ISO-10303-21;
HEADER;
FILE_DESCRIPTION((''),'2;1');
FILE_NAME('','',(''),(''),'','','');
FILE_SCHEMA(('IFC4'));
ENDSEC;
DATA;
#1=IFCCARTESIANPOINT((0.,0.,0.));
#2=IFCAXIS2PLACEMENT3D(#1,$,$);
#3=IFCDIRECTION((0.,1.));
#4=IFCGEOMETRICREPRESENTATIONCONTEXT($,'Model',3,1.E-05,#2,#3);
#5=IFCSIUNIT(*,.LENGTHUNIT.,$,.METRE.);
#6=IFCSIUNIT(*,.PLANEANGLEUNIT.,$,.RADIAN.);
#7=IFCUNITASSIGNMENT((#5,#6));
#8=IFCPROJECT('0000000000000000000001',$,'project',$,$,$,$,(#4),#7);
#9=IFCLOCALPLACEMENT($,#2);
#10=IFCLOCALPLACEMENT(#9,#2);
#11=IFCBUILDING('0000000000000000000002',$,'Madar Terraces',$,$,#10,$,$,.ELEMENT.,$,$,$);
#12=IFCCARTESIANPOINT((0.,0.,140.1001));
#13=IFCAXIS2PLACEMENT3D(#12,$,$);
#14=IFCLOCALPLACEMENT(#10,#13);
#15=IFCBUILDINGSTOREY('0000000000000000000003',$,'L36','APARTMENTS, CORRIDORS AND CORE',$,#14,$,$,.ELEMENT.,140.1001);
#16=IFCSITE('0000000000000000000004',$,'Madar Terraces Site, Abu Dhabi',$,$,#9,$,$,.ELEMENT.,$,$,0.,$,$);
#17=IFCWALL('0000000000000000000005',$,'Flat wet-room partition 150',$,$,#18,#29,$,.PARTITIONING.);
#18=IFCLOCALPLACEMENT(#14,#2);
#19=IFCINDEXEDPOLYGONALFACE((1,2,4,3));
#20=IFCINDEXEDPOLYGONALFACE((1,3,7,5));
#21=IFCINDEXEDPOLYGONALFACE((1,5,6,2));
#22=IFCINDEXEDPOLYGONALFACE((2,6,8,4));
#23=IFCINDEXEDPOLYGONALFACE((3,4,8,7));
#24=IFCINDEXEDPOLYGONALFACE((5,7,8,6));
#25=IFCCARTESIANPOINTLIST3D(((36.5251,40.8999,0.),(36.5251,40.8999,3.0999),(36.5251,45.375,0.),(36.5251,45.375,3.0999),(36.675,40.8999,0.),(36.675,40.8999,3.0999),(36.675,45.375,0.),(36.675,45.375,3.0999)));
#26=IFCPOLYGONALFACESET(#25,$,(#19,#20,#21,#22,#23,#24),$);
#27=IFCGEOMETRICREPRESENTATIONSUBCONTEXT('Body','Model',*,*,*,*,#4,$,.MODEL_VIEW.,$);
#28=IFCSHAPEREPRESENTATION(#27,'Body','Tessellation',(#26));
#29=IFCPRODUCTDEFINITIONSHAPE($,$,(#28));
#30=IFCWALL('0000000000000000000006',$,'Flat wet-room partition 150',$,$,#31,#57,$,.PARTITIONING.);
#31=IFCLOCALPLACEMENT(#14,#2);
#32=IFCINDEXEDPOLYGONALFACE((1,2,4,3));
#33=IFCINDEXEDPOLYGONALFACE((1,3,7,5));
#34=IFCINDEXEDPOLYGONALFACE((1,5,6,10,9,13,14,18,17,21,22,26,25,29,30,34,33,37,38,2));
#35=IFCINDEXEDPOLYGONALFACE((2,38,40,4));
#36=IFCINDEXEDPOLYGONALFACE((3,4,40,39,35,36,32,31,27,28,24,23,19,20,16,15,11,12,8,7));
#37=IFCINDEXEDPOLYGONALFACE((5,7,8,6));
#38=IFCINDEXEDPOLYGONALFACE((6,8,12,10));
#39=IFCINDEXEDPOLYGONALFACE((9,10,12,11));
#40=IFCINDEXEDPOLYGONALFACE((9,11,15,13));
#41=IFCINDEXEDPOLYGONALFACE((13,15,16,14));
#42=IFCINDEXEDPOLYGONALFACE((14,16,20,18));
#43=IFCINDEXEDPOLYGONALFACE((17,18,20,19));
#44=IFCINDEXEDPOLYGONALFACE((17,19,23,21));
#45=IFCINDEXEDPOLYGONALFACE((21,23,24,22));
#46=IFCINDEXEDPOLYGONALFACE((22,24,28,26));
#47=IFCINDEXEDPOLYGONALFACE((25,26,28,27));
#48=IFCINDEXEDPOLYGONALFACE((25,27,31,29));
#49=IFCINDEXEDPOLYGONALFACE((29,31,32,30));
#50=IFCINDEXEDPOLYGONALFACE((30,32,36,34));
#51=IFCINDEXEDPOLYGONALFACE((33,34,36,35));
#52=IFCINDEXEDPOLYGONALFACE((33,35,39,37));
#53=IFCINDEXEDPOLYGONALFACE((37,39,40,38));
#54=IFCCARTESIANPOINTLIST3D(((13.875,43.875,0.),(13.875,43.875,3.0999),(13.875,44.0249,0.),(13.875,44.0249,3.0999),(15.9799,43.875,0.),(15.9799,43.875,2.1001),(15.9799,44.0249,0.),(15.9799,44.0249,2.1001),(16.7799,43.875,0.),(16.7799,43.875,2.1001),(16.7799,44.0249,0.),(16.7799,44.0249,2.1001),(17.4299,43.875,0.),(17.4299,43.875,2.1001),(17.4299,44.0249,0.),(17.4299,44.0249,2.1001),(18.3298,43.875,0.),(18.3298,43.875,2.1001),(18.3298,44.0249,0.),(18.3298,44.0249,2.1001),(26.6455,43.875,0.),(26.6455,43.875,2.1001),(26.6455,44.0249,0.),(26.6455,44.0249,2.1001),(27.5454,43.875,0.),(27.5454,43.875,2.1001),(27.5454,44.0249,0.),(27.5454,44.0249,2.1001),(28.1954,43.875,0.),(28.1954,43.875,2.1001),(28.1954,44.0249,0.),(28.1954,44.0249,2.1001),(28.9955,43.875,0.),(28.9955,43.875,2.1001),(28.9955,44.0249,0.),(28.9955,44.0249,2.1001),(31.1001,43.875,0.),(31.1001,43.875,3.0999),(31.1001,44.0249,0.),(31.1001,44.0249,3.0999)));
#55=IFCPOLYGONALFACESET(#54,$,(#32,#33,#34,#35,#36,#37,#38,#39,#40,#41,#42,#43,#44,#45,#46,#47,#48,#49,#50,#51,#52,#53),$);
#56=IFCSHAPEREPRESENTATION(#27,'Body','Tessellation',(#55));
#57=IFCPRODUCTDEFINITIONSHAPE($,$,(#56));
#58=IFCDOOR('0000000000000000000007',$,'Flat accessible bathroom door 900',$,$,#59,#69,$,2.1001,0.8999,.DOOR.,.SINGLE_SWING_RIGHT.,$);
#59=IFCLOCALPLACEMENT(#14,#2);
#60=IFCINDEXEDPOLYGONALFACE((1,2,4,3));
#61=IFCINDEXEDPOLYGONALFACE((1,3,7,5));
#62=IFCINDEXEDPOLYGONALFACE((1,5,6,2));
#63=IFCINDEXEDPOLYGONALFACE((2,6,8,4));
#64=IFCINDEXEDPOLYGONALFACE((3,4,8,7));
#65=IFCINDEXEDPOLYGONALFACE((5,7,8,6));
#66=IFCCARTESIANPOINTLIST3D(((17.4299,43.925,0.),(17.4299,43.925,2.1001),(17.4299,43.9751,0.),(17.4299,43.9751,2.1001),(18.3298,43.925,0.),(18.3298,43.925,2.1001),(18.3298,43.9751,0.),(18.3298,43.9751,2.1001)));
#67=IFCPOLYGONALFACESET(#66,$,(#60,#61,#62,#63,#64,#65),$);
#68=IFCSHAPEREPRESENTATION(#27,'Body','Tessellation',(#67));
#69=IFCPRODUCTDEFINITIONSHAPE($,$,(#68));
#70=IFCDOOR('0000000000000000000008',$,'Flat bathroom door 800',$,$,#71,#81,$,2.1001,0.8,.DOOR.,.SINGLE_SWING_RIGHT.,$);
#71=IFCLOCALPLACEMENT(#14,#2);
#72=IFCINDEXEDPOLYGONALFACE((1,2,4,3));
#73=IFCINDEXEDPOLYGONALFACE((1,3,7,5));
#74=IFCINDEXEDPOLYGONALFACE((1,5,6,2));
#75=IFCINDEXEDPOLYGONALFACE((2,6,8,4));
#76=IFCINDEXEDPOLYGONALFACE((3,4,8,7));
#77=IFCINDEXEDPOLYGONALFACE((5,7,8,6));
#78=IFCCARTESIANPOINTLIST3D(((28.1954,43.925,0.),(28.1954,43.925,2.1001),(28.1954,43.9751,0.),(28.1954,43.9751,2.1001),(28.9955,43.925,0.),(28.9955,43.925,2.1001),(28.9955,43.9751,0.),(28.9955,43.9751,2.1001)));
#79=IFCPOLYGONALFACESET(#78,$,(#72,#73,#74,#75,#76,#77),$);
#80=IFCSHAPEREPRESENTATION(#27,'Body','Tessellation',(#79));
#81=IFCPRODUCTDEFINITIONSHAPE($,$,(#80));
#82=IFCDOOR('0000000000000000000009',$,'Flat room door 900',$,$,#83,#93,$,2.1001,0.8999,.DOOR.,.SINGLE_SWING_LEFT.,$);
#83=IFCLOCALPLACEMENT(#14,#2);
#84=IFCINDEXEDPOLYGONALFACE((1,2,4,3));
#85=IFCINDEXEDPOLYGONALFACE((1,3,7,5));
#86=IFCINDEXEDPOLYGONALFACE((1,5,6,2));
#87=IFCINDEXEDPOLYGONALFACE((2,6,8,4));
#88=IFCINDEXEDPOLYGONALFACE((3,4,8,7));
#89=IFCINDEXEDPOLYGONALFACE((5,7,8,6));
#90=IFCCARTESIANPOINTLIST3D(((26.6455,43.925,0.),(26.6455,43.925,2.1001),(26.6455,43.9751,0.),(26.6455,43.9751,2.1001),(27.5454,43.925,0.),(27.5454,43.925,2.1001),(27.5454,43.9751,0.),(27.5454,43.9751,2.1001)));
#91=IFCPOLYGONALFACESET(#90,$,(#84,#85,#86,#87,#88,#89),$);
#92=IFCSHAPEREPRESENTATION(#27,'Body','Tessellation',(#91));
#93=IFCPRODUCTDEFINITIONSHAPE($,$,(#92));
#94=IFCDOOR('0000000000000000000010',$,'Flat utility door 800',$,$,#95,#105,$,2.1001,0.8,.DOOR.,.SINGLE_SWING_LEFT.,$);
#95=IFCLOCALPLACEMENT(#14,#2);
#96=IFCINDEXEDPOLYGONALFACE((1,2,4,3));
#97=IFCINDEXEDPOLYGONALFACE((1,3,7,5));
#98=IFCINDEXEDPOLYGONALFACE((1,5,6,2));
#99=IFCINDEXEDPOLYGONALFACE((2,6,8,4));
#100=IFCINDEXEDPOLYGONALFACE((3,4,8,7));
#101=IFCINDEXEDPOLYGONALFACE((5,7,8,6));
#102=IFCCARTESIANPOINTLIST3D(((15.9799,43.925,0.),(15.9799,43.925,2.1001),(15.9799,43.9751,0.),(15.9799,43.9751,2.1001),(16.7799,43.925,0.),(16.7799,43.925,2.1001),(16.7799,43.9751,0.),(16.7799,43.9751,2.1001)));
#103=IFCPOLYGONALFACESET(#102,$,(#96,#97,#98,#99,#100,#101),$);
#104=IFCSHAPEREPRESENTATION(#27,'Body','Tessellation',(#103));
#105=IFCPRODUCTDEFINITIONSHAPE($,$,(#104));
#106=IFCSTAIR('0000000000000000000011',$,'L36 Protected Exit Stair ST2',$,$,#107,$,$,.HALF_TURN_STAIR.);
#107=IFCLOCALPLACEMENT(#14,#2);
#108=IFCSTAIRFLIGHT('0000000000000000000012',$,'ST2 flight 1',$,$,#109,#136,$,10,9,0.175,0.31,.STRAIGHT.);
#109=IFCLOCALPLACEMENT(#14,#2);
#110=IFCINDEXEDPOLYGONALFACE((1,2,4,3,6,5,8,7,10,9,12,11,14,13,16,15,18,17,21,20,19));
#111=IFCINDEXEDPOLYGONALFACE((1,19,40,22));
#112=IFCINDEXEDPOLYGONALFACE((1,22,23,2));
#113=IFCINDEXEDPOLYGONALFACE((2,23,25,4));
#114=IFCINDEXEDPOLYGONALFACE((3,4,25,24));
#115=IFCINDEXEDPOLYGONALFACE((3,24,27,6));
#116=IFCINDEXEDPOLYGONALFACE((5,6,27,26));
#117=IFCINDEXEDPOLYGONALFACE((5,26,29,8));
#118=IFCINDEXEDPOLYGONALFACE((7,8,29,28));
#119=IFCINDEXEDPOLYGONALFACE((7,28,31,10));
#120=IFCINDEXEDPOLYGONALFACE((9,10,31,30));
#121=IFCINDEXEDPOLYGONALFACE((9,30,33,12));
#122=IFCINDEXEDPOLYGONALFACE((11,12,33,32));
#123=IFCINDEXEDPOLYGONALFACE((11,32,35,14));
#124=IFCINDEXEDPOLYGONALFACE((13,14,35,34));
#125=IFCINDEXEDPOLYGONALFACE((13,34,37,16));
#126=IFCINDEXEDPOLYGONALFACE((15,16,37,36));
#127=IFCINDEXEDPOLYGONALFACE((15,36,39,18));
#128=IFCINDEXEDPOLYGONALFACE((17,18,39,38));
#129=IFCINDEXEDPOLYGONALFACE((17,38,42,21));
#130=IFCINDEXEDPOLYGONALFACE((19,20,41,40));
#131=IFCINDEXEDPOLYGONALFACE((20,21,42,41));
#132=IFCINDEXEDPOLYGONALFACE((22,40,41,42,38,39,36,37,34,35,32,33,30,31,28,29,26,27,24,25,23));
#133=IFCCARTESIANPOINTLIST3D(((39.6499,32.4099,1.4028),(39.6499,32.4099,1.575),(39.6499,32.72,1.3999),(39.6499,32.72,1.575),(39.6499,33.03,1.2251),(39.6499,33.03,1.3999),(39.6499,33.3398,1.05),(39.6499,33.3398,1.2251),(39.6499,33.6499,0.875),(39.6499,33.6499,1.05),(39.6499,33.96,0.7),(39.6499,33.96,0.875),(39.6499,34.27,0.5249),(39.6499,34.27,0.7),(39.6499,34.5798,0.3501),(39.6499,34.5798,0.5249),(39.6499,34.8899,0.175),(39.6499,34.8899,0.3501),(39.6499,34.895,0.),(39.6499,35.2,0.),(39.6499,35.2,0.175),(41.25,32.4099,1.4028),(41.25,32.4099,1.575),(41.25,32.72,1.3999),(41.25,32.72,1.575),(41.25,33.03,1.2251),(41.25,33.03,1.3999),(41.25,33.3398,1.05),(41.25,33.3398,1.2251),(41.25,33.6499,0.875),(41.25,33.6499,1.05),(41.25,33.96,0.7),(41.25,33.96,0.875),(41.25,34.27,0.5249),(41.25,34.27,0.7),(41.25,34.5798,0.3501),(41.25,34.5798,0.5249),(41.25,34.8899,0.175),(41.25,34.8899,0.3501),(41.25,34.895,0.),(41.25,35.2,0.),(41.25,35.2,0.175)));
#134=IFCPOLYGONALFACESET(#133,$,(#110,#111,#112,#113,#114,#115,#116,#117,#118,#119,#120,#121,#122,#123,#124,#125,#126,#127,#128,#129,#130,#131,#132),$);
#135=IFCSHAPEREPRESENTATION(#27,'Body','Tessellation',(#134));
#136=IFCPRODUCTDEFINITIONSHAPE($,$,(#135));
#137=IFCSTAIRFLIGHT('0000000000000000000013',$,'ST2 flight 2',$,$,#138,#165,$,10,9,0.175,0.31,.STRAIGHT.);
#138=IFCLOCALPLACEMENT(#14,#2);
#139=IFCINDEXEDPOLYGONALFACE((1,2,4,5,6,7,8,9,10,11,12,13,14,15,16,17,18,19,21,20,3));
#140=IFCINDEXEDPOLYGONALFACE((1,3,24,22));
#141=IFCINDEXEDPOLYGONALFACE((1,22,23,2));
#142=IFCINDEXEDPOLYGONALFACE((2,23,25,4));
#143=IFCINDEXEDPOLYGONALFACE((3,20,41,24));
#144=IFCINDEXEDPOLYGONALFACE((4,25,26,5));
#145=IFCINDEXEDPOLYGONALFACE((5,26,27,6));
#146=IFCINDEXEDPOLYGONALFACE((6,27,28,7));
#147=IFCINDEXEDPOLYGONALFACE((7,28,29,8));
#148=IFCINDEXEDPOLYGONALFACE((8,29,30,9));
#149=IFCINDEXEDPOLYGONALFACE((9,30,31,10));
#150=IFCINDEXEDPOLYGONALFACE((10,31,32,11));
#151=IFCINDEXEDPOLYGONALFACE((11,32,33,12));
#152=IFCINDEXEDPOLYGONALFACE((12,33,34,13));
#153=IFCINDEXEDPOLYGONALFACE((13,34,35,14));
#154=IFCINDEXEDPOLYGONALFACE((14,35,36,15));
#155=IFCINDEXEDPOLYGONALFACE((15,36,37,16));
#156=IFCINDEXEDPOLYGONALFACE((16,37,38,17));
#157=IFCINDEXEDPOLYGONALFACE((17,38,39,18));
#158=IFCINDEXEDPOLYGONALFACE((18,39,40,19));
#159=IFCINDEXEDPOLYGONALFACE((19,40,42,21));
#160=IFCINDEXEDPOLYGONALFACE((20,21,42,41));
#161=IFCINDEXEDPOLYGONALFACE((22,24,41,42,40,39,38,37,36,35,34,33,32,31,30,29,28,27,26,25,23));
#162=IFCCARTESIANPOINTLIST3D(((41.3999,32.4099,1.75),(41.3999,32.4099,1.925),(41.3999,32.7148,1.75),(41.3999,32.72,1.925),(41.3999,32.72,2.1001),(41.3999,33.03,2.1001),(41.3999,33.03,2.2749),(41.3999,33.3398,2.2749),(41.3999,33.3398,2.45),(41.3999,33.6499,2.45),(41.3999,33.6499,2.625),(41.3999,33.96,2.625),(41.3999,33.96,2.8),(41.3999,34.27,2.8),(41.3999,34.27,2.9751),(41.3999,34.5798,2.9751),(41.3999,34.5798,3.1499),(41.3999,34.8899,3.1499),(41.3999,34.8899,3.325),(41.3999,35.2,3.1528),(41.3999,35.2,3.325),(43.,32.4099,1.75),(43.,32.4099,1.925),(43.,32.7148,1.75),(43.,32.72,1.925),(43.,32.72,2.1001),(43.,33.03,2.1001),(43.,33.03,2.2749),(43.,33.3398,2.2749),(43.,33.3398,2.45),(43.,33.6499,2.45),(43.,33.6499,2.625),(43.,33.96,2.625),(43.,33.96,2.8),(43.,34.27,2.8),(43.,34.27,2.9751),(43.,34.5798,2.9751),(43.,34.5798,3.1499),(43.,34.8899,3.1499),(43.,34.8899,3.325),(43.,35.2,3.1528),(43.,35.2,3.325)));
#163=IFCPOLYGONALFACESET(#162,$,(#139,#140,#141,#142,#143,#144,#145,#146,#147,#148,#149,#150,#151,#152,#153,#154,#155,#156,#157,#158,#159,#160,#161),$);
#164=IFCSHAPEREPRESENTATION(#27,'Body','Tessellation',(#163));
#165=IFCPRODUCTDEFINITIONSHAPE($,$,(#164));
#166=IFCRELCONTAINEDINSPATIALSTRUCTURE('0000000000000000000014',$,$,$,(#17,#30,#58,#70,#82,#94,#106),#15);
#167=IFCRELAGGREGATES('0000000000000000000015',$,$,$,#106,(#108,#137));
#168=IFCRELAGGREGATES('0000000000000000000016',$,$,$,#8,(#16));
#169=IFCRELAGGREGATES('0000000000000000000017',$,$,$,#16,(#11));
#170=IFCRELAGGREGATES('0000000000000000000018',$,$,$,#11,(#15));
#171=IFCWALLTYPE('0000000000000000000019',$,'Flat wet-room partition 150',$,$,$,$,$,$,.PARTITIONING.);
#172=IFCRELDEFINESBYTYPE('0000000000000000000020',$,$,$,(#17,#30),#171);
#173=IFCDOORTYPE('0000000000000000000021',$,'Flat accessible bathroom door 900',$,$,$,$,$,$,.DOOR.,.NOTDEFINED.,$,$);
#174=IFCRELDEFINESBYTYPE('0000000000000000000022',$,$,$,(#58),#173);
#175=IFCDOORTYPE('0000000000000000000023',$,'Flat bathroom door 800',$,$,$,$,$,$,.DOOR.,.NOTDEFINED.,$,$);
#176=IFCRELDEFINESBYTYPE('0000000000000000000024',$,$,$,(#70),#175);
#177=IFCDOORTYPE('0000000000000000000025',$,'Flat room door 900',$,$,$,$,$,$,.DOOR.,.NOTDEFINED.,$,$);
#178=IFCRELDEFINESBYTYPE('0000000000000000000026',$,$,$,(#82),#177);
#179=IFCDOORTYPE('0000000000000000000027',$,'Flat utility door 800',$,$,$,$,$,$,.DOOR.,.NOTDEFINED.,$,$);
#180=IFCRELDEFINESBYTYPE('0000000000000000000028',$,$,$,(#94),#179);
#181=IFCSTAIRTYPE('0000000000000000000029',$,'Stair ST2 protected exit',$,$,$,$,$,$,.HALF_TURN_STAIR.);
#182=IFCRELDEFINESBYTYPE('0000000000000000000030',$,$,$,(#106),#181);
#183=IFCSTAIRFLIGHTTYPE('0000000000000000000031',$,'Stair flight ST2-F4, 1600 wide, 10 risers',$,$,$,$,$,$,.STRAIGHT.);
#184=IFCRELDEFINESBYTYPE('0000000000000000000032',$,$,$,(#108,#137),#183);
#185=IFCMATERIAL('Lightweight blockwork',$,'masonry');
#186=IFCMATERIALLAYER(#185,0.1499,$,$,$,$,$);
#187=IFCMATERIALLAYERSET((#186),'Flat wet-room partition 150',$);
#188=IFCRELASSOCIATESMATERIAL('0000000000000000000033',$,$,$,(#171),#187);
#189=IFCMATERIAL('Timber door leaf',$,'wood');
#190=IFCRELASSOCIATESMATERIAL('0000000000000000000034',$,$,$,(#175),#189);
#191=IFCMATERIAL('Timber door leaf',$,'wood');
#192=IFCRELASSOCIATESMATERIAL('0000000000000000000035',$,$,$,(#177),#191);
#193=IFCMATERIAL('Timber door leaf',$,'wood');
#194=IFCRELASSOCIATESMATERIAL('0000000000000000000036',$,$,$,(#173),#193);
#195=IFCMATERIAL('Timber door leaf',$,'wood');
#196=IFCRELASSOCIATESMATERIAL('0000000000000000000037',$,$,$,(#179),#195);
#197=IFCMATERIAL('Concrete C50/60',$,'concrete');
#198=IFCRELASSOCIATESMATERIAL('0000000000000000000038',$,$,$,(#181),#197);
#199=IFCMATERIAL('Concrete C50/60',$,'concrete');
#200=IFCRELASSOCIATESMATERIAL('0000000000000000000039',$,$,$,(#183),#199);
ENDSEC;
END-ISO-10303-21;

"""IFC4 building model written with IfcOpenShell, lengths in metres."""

from ifc_helpers import new_model, si_unit, direction, frame, frame_2d, origin, place, context, subcontext, project, spatial, polyline, rectangle, outline, extrude, material, layer, layer_set, type_object, element, fill, aggregate, save


model = new_model("IFC4")

# Units and contexts
model_context = context("Model", 3, precision=1e-05, world=origin(), true_north=direction((0.0, 1.0)))
body_context = subcontext(model_context, "Body", "Model", "MODEL_VIEW")
ifc_project = project(units=[si_unit("LENGTHUNIT", "METRE"), si_unit("PLANEANGLEUNIT", "RADIAN")], contexts=[model_context])

# Site, building, storey
site_placement = place(None, origin())
site = spatial("IfcSite", under=ifc_project, at=site_placement, Name="Madar Terraces Site, Abu Dhabi", CompositionType="ELEMENT", RefElevation=0.0)
building_placement = place(site_placement, origin())
building = spatial("IfcBuilding", under=site, at=building_placement, Name="Madar Terraces", CompositionType="ELEMENT")
storey_placement = place(building_placement, frame((0.0, 0.0, 140.1001)))
storey = spatial("IfcBuildingStorey", under=building, at=storey_placement, Name="L36", Description="APARTMENTS, CORRIDORS AND CORE", CompositionType="ELEMENT", Elevation=140.1001)

# Shared definitions
ifc_material_1 = material(Name="Lightweight blockwork", Category="masonry")
ifc_layer_1 = layer(ifc_material_1, 0.1499)
ifc_layer_set_1 = layer_set([ifc_layer_1], Name="Flat wet-room partition 150")
wall_type_1 = type_object("IfcWallType", Name="Flat wet-room partition 150", PredefinedType="PARTITIONING", material=ifc_layer_set_1)

# Shared definitions
ifc_material_2 = material(Name="Timber door leaf", Category="wood")
door_type_1 = type_object("IfcDoorType", Name="Flat bathroom door 800", OperationType="NOTDEFINED", PredefinedType="DOOR", material=ifc_material_2)
ifc_material_3 = material(Name="Timber door leaf", Category="wood")
door_type_2 = type_object("IfcDoorType", Name="Flat room door 900", OperationType="NOTDEFINED", PredefinedType="DOOR", material=ifc_material_3)

# Wall
wall_1_placement = place(storey_placement, frame((36.6001, 40.8999, 0.0), z_axis=(0.0, 0.0, 1.0), x_axis=(0.0, 1.0, 0.0)))
element("IfcWall", 1, at=wall_1_placement, inside=storey, type_object=wall_type_1, Name="Flat wet-room partition 150", PredefinedType="PARTITIONING", context=body_context, shape_type="SweptSolid", body=[
    extrude(rectangle(XDim=4.4751, YDim=0.1499, at=frame_2d((2.2375, 0.0))), origin(), (0.0, 0.0, 1.0), 3.0999),
])

# Wall, openings, doors
wall_2_placement = place(storey_placement, frame((31.1001, 43.95, 0.0), z_axis=(0.0, 0.0, 1.0), x_axis=(-1.0, 0.0, 0.0)))
wall_2 = element("IfcWall", 2, at=wall_2_placement, inside=storey, type_object=wall_type_1, Name="Flat wet-room partition 150", PredefinedType="PARTITIONING", context=body_context, shape_type="SweptSolid", body=[
    extrude(rectangle(XDim=17.2251, YDim=0.1499, at=frame_2d((8.6125, 0.0))), origin(), (0.0, 0.0, 1.0), 3.0999),
])
opening_1_placement = place(wall_2_placement, frame((14.3203, 0.0, 0.0)))
opening_1 = element("IfcOpeningElement", 3, at=opening_1_placement, cuts=wall_2, PredefinedType="OPENING", context=body_context, shape_type="SweptSolid", body=[
    extrude(rectangle(XDim=0.8, YDim=2.1001, at=frame_2d((0.3999, 1.05))), frame((0.0, 0.085, 0.0), z_axis=(0.0, -1.0, 0.0), x_axis=(1.0, 0.0, 0.0)), (0.0, 0.0, 1.0), 0.1699),
])
opening_2_placement = place(wall_2_placement, frame((12.7703, 0.0, 0.0)))
opening_2 = element("IfcOpeningElement", 4, at=opening_2_placement, cuts=wall_2, PredefinedType="OPENING", context=body_context, shape_type="SweptSolid", body=[
    extrude(rectangle(XDim=0.8999, YDim=2.1001, at=frame_2d((0.45, 1.05))), frame((0.0, 0.085, 0.0), z_axis=(0.0, -1.0, 0.0), x_axis=(1.0, 0.0, 0.0)), (0.0, 0.0, 1.0), 0.1699),
])
opening_3_placement = place(wall_2_placement, frame((3.5547, 0.0, 0.0)))
opening_3 = element("IfcOpeningElement", 5, at=opening_3_placement, cuts=wall_2, PredefinedType="OPENING", context=body_context, shape_type="SweptSolid", body=[
    extrude(rectangle(XDim=0.8999, YDim=2.1001, at=frame_2d((0.45, 1.05))), frame((0.0, 0.085, 0.0), z_axis=(0.0, -1.0, 0.0), x_axis=(1.0, 0.0, 0.0)), (0.0, 0.0, 1.0), 0.1699),
])
opening_4_placement = place(wall_2_placement, frame((2.1047, 0.0, 0.0)))
opening_4 = element("IfcOpeningElement", 6, at=opening_4_placement, cuts=wall_2, PredefinedType="OPENING", context=body_context, shape_type="SweptSolid", body=[
    extrude(rectangle(XDim=0.8, YDim=2.1001, at=frame_2d((0.3999, 1.05))), frame((0.0, 0.085, 0.0), z_axis=(0.0, -1.0, 0.0), x_axis=(1.0, 0.0, 0.0)), (0.0, 0.0, 1.0), 0.1699),
])
ifc_material_4 = material(Name="Timber door leaf", Category="wood")
door_type_3 = type_object("IfcDoorType", Name="Flat accessible bathroom door 900", OperationType="NOTDEFINED", PredefinedType="DOOR", material=ifc_material_4)
door_1_placement = place(opening_2_placement, origin())
door_1 = element("IfcDoor", 7, at=door_1_placement, inside=storey, type_object=door_type_3, Name="Flat accessible bathroom door 900", OperationType="SINGLE_SWING_RIGHT", OverallHeight=2.1001, OverallWidth=0.8999, PredefinedType="DOOR", context=body_context, shape_type="SweptSolid", body=[
    extrude(rectangle(XDim=0.8999, YDim=2.1001, at=frame_2d((0.45, 1.05))), frame((0.0, 0.0249, 0.0), z_axis=(0.0, -1.0, 0.0), x_axis=(1.0, 0.0, 0.0)), (0.0, 0.0, 1.0), 0.05),
])
fill(opening_2, door_1)
door_2_placement = place(opening_4_placement, origin())
door_2 = element("IfcDoor", 8, at=door_2_placement, inside=storey, type_object=door_type_1, Name="Flat bathroom door 800", OperationType="SINGLE_SWING_RIGHT", OverallHeight=2.1001, OverallWidth=0.8, PredefinedType="DOOR", context=body_context, shape_type="SweptSolid", body=[
    extrude(rectangle(XDim=0.8, YDim=2.1001, at=frame_2d((0.3999, 1.05))), frame((0.0, 0.0249, 0.0), z_axis=(0.0, -1.0, 0.0), x_axis=(1.0, 0.0, 0.0)), (0.0, 0.0, 1.0), 0.05),
])
fill(opening_4, door_2)
door_3_placement = place(opening_3_placement, origin())
door_3 = element("IfcDoor", 9, at=door_3_placement, inside=storey, type_object=door_type_2, Name="Flat room door 900", OperationType="SINGLE_SWING_LEFT", OverallHeight=2.1001, OverallWidth=0.8999, PredefinedType="DOOR", context=body_context, shape_type="SweptSolid", body=[
    extrude(rectangle(XDim=0.8999, YDim=2.1001, at=frame_2d((0.45, 1.05))), frame((0.0, 0.0249, 0.0), z_axis=(0.0, -1.0, 0.0), x_axis=(1.0, 0.0, 0.0)), (0.0, 0.0, 1.0), 0.05),
])
fill(opening_3, door_3)
ifc_material_5 = material(Name="Timber door leaf", Category="wood")
door_type_4 = type_object("IfcDoorType", Name="Flat utility door 800", OperationType="NOTDEFINED", PredefinedType="DOOR", material=ifc_material_5)
door_4_placement = place(opening_1_placement, origin())
door_4 = element("IfcDoor", 10, at=door_4_placement, inside=storey, type_object=door_type_4, Name="Flat utility door 800", OperationType="SINGLE_SWING_LEFT", OverallHeight=2.1001, OverallWidth=0.8, PredefinedType="DOOR", context=body_context, shape_type="SweptSolid", body=[
    extrude(rectangle(XDim=0.8, YDim=2.1001, at=frame_2d((0.3999, 1.05))), frame((0.0, 0.0249, 0.0), z_axis=(0.0, -1.0, 0.0), x_axis=(1.0, 0.0, 0.0)), (0.0, 0.0, 1.0), 0.05),
])
fill(opening_1, door_4)

# Stair, stair flights
ifc_material_6 = material(Name="Concrete C50/60", Category="concrete")
stair_type = type_object("IfcStairType", Name="Stair ST2 protected exit", PredefinedType="HALF_TURN_STAIR", material=ifc_material_6)
stair_placement = place(storey_placement, origin())
stair = element("IfcStair", 11, at=stair_placement, inside=storey, type_object=stair_type, Name="L36 Protected Exit Stair ST2", PredefinedType="HALF_TURN_STAIR")
ifc_material_7 = material(Name="Concrete C50/60", Category="concrete")
stair_flight_type = type_object("IfcStairFlightType", Name="Stair flight ST2-F4, 1600 wide, 10 risers", PredefinedType="STRAIGHT", material=ifc_material_7)
stair_flight_1_placement = place(storey_placement, frame((40.45, 35.2, 0.0), z_axis=(0.0, 0.0, 1.0), x_axis=(0.0, -1.0, 0.0)))
stair_flight_1 = element("IfcStairFlight", 12, at=stair_flight_1_placement, type_object=stair_flight_type, Name="ST2 flight 1", NumberOfRisers=10, NumberOfTreads=9, PredefinedType="STRAIGHT", RiserHeight=0.175, TreadLength=0.31, context=body_context, shape_type="SweptSolid", body=[
    extrude(outline(polyline([(0.0, 0.0), (0.0, 0.175), (0.3101, 0.175), (0.3101, 0.3501), (0.6201, 0.3501), (0.6201, 0.5249), (0.9299, 0.5249), (0.9299, 0.7), (1.24, 0.7), (1.24, 0.875), (1.55, 0.875), (1.55, 1.05), (1.8601, 1.05), (1.8601, 1.2251), (2.1699, 1.2251), (2.1699, 1.3999), (2.48, 1.3999), (2.48, 1.575), (2.79, 1.575), (2.79, 1.75), (2.79, 1.4028), (0.3049, 0.0), (0.0, 0.0)])), frame((0.0, 0.8, 0.0), z_axis=(0.0, -1.0, 0.0), x_axis=(1.0, 0.0, 0.0)), (0.0, 0.0, 1.0), 1.6001),
])
stair_flight_2_placement = place(storey_placement, frame((42.2, 32.4099, 1.75), z_axis=(0.0, 0.0, 1.0), x_axis=(0.0, 1.0, 0.0)))
stair_flight_2 = element("IfcStairFlight", 13, at=stair_flight_2_placement, type_object=stair_flight_type, Name="ST2 flight 2", NumberOfRisers=10, NumberOfTreads=9, PredefinedType="STRAIGHT", RiserHeight=0.175, TreadLength=0.31, context=body_context, shape_type="SweptSolid", body=[
    extrude(outline(polyline([(0.0, 0.0), (0.0, 0.175), (0.3101, 0.175), (0.3101, 0.3501), (0.6201, 0.3501), (0.6201, 0.5249), (0.9299, 0.5249), (0.9299, 0.7), (1.24, 0.7), (1.24, 0.875), (1.55, 0.875), (1.55, 1.05), (1.8601, 1.05), (1.8601, 1.2251), (2.1699, 1.2251), (2.1699, 1.3999), (2.48, 1.3999), (2.48, 1.575), (2.79, 1.575), (2.79, 1.75), (2.79, 1.4028), (0.3049, 0.0), (0.0, 0.0)])), frame((0.0, 0.8, 0.0), z_axis=(0.0, -1.0, 0.0), x_axis=(1.0, 0.0, 0.0)), (0.0, 0.0, 1.0), 1.6001),
])
aggregate(stair, [stair_flight_1, stair_flight_2])

save(model, "model.ifc")
